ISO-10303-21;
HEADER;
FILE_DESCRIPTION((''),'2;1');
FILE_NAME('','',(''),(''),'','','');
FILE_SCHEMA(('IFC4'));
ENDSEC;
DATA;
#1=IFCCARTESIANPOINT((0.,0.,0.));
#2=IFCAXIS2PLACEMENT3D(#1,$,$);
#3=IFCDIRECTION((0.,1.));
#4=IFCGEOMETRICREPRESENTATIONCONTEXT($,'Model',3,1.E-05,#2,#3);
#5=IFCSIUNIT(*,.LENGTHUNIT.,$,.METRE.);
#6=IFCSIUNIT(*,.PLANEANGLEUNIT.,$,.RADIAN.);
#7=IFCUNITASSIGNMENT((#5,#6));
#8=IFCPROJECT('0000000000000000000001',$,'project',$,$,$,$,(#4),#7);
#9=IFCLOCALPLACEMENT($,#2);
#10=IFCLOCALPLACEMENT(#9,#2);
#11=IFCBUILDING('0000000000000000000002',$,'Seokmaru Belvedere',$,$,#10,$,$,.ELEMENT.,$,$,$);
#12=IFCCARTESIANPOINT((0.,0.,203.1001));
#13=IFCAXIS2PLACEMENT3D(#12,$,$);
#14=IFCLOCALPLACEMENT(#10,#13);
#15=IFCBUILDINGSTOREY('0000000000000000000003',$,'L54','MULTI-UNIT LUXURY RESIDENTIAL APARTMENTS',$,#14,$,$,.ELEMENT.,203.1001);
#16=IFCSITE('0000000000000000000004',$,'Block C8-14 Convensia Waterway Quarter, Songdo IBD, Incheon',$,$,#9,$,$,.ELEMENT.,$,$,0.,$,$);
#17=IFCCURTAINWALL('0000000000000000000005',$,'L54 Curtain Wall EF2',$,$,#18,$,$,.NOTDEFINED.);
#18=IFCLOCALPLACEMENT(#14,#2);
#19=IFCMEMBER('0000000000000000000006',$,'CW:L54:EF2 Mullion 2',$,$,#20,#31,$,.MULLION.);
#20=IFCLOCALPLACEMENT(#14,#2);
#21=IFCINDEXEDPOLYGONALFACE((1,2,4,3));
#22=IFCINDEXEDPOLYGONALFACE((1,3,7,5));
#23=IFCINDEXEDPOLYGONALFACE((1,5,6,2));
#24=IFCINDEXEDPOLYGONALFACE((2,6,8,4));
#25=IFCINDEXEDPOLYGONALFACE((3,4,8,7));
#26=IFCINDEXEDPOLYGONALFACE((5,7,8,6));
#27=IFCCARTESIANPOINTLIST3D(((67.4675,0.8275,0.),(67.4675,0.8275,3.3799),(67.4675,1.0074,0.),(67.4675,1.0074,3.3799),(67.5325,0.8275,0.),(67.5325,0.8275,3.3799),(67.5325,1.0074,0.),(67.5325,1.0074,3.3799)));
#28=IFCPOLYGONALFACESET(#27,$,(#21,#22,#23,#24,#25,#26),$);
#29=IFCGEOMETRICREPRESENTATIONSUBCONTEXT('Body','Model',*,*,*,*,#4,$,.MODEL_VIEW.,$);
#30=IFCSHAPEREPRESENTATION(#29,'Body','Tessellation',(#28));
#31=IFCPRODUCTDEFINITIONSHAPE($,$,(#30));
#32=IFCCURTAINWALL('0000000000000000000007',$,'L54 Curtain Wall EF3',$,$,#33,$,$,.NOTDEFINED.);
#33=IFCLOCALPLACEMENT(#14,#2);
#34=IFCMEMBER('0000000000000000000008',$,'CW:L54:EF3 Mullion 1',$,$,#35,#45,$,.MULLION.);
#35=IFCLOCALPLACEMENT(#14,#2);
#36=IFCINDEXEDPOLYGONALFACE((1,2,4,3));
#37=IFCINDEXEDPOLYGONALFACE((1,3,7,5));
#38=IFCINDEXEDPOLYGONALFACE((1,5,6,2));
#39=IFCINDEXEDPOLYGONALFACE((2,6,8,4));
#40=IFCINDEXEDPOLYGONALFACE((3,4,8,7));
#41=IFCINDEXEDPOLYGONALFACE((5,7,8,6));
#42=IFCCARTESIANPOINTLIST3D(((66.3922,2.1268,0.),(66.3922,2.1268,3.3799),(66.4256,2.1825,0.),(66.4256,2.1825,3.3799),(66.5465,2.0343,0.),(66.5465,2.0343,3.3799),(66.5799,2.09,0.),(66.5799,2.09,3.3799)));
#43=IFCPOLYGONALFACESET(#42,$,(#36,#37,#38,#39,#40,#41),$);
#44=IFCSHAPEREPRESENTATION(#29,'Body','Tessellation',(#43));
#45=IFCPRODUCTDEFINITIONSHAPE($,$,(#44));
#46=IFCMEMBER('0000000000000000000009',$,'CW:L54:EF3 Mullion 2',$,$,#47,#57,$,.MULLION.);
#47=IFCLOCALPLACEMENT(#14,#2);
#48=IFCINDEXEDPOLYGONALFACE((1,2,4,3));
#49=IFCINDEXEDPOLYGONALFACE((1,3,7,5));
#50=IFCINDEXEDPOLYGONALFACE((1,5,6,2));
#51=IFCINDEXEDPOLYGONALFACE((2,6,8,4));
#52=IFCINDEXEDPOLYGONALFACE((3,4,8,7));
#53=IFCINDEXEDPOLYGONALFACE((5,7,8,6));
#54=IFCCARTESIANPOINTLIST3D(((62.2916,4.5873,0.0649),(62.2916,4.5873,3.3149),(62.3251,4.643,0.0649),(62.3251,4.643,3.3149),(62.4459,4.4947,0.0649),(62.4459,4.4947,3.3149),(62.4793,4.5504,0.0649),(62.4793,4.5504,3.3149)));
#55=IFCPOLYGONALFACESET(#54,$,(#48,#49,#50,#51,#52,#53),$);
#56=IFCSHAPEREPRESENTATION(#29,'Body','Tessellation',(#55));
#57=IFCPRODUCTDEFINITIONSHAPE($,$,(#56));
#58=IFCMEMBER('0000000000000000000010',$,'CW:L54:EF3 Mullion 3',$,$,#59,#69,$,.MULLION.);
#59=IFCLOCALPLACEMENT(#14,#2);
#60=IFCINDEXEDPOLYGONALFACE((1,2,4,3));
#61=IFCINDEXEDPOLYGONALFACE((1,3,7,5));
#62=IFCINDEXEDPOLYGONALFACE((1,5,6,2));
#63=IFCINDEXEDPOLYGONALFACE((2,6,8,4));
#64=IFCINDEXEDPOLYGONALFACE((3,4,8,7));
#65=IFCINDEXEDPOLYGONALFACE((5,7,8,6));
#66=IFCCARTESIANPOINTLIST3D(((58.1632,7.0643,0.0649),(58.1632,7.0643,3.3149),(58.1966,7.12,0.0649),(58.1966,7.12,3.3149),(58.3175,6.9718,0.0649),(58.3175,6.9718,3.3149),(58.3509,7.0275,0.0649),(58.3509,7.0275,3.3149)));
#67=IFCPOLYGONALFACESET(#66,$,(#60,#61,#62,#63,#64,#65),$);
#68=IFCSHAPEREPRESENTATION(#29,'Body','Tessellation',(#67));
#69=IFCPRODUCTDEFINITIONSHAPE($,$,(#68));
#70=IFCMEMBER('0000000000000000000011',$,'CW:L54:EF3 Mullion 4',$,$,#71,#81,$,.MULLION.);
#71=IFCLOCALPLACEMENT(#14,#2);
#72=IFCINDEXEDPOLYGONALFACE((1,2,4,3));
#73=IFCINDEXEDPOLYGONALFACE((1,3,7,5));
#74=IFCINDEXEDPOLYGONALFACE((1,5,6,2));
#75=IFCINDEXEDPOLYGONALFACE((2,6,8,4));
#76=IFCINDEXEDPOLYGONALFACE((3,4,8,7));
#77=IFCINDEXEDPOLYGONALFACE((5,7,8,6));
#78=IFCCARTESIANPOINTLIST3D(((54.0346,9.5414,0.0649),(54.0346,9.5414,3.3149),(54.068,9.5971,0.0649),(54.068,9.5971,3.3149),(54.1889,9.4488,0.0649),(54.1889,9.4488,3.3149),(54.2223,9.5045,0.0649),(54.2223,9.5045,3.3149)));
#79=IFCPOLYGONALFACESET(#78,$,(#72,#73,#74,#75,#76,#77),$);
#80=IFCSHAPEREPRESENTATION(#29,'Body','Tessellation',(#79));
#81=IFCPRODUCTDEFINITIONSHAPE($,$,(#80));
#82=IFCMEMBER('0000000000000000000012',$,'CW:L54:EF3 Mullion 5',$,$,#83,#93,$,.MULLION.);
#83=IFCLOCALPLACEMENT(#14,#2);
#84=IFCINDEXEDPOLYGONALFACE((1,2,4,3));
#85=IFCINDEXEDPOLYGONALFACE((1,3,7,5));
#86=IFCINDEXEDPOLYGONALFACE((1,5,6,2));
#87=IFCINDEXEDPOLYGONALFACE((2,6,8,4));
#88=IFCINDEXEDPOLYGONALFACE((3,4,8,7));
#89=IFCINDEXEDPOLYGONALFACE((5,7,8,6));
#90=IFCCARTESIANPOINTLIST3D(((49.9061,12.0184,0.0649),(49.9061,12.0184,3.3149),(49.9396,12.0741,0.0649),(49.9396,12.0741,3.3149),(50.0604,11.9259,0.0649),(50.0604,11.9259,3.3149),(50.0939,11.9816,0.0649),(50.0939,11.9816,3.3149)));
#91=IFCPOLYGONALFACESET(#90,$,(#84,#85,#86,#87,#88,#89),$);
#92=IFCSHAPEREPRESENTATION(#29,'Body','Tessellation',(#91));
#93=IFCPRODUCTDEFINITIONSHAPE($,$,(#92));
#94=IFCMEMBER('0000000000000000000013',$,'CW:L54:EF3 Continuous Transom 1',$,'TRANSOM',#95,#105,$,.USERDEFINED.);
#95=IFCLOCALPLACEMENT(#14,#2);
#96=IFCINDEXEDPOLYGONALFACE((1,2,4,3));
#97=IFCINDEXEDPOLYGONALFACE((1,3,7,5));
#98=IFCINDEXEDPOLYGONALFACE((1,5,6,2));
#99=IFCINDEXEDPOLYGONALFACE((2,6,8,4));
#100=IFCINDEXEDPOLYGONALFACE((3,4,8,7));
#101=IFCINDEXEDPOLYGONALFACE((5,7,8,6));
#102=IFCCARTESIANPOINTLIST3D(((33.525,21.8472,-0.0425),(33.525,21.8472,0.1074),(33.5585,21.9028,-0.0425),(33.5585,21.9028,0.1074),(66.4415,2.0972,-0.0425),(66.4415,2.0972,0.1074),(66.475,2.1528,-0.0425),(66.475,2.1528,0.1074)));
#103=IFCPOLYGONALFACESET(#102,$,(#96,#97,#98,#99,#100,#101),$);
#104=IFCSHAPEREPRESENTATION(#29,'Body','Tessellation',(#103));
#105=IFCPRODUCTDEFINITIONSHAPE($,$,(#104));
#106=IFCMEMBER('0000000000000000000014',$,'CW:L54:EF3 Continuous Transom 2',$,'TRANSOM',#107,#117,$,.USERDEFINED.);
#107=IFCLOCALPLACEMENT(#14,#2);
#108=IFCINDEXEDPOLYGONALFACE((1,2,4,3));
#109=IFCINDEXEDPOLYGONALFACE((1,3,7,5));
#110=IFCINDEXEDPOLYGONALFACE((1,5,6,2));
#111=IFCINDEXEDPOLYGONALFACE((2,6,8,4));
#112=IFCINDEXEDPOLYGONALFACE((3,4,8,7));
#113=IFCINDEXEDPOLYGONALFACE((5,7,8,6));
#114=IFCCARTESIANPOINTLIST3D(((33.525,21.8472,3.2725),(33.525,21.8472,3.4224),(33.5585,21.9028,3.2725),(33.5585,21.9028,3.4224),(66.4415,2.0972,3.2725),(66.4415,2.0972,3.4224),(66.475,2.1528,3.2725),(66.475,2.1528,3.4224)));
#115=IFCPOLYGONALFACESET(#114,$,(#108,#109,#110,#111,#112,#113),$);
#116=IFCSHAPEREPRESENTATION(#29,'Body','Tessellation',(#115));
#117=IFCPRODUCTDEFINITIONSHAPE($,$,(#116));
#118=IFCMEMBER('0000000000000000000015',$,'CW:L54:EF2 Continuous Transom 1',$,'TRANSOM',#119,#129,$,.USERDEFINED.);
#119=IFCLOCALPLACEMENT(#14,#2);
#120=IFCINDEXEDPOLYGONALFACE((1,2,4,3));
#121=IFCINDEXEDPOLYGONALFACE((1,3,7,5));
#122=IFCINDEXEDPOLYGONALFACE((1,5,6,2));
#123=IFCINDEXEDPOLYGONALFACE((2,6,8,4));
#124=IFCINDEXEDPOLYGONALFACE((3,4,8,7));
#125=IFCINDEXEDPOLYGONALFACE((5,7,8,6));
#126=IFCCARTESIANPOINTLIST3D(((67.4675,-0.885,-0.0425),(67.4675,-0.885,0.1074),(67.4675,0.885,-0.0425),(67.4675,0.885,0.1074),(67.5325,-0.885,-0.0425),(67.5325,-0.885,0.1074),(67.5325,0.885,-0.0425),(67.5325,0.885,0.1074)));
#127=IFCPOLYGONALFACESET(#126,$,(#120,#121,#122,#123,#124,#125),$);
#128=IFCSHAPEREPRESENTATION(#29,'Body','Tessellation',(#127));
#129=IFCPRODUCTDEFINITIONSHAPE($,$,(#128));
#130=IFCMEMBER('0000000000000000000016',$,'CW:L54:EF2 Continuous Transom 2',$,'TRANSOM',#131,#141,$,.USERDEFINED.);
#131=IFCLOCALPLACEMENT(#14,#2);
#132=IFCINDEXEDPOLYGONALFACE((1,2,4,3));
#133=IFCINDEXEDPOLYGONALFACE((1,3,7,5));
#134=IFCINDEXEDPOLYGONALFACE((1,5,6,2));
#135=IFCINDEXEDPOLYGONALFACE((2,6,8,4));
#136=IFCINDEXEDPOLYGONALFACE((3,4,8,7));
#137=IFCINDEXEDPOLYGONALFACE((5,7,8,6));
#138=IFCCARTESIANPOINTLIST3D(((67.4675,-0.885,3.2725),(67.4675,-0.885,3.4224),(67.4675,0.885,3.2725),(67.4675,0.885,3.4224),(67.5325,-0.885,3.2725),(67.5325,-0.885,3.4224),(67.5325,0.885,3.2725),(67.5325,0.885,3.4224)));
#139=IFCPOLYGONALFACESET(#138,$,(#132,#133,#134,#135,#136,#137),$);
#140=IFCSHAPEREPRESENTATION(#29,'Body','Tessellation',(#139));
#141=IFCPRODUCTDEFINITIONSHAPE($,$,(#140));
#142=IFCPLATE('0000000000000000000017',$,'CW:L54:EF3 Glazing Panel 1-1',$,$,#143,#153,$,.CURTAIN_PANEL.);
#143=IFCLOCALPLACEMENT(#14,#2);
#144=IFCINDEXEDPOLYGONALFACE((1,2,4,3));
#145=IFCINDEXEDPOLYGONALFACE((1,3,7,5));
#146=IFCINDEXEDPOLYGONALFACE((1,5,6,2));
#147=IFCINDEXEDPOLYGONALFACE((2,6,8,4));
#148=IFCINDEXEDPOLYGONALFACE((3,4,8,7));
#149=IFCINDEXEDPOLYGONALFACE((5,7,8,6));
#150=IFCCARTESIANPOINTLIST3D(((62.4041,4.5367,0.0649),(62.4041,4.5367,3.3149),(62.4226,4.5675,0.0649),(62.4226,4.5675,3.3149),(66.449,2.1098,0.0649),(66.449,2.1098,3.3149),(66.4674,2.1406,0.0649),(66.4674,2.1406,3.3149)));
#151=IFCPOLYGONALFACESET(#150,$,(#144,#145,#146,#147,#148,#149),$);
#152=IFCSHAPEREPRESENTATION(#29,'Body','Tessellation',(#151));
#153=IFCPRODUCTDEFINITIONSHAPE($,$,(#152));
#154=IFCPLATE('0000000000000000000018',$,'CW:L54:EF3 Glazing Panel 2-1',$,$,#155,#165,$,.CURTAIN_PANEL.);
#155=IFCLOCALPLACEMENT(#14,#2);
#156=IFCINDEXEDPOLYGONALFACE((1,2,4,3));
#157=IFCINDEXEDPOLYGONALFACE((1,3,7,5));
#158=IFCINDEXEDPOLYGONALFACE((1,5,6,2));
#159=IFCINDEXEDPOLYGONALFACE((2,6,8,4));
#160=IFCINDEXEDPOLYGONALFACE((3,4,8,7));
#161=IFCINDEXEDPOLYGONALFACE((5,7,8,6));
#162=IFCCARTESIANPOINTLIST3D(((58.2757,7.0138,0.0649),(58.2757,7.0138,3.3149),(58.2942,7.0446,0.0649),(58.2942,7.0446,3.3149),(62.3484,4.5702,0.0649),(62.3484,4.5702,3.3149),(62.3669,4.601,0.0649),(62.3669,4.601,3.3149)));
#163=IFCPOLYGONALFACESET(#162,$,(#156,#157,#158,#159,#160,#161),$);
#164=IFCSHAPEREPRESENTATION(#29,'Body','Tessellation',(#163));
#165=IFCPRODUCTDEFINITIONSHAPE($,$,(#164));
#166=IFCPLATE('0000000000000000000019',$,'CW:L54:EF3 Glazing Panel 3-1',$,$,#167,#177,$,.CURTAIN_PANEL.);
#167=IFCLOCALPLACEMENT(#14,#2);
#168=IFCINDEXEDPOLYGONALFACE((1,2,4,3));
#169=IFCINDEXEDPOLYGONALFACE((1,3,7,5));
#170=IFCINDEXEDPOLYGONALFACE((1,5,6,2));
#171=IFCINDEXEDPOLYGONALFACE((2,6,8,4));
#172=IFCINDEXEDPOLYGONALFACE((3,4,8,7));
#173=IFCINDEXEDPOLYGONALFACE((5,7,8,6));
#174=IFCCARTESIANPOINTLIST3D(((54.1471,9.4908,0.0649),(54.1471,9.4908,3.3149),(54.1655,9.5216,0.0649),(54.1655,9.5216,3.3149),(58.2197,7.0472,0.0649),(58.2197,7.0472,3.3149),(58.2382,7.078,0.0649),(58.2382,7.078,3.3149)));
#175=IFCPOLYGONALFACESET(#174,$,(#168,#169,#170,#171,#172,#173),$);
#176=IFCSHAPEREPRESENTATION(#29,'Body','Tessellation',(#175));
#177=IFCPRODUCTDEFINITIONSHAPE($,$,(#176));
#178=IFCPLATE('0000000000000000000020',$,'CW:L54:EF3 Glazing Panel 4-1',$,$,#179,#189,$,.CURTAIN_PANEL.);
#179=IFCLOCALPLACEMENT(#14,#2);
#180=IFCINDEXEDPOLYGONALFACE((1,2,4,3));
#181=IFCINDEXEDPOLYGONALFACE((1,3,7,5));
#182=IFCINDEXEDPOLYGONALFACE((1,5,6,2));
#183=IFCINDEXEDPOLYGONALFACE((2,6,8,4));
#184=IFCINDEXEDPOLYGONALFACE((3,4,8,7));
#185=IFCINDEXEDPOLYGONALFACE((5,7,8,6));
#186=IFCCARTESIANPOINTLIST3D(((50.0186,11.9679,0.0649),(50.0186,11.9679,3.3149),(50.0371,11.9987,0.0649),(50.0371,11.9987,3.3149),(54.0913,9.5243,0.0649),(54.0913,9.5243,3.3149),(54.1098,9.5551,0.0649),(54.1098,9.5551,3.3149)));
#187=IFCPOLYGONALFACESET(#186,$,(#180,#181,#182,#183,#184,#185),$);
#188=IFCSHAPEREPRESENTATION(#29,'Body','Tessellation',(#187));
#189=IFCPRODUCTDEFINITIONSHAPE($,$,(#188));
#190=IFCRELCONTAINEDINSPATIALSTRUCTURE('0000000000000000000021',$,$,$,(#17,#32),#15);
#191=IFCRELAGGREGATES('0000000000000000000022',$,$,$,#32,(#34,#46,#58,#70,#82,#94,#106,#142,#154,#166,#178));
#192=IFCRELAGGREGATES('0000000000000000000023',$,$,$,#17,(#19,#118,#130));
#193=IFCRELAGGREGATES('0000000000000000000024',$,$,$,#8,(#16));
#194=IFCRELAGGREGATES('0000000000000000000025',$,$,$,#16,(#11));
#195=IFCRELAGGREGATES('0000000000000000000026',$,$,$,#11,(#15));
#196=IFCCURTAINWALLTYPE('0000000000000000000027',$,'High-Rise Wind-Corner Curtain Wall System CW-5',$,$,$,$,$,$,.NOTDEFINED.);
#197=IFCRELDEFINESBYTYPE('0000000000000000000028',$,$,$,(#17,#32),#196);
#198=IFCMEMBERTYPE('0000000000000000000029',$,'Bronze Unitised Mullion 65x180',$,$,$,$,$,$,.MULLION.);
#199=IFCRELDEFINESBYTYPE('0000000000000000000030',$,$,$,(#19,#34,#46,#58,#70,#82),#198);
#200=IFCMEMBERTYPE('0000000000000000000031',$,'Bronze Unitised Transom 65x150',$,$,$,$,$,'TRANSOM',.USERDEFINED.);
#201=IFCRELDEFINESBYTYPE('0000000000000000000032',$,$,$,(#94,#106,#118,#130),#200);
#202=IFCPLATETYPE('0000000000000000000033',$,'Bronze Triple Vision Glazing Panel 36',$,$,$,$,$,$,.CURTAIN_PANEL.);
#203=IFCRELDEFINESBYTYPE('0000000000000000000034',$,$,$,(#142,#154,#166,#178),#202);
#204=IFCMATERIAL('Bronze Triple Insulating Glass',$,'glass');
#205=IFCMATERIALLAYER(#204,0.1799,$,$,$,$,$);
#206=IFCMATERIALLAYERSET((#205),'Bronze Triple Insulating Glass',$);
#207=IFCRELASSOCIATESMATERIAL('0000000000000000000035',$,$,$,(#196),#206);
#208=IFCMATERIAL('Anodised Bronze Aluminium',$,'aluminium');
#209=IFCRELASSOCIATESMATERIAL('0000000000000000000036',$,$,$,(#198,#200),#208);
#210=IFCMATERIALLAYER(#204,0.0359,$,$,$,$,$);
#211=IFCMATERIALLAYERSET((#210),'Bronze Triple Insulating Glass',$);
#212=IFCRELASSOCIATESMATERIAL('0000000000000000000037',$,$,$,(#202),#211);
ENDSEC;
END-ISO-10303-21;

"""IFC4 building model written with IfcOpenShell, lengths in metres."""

from ifc_helpers import new_model, si_unit, direction, frame, origin, origin_2d, place, context, subcontext, project, spatial, rectangle, extrude, source, transform, mapped, material, layer, layer_set, material_profile, profile_set, type_object, type_shapes, element, aggregate, save


model = new_model("IFC4")

# Units and contexts
model_context = context("Model", 3, precision=1e-05, world=origin(), true_north=direction((0.0, 1.0)))
body_context = subcontext(model_context, "Body", "Model", "MODEL_VIEW")
ifc_project = project(units=[si_unit("LENGTHUNIT", "METRE"), si_unit("PLANEANGLEUNIT", "RADIAN")], contexts=[model_context])

# Site, building, storey
site_placement = place(None, origin())
site = spatial("IfcSite", under=ifc_project, at=site_placement, Name="Block C8-14 Convensia Waterway Quarter, Songdo IBD, Incheon", CompositionType="ELEMENT", RefElevation=0.0)
building_placement = place(site_placement, origin())
building = spatial("IfcBuilding", under=site, at=building_placement, Name="Seokmaru Belvedere", CompositionType="ELEMENT")
storey_placement = place(building_placement, frame((0.0, 0.0, 203.1001)))
storey = spatial("IfcBuildingStorey", under=building, at=storey_placement, Name="L54", Description="MULTI-UNIT LUXURY RESIDENTIAL APARTMENTS", CompositionType="ELEMENT", Elevation=203.1001)

# Curtain walls, members
ifc_material_1 = material(Name="Bronze Triple Insulating Glass", Category="glass")
ifc_layer_1 = layer(ifc_material_1, 0.1799)
ifc_layer_set_1 = layer_set([ifc_layer_1], Name="Bronze Triple Insulating Glass")
curtain_wall_type = type_object("IfcCurtainWallType", Name="High-Rise Wind-Corner Curtain Wall System CW-5", PredefinedType="NOTDEFINED", material=ifc_layer_set_1)
curtain_wall_1_placement = place(storey_placement, origin())
curtain_wall_1 = element("IfcCurtainWall", 1, at=curtain_wall_1_placement, inside=storey, type_object=curtain_wall_type, Name="L54 Curtain Wall EF2", PredefinedType="NOTDEFINED")
ifc_material_2 = material(Name="Anodised Bronze Aluminium", Category="aluminium")
ifc_material_profile_1 = material_profile(ifc_material_2, rectangle(XDim=0.0649, YDim=0.1799, at=origin_2d()), Name="CW-M-65x180")
ifc_profile_set_1 = profile_set([ifc_material_profile_1], Name="Anodised Bronze Aluminium")
member_type_1 = type_object("IfcMemberType", Name="Bronze Unitised Mullion 65x180", PredefinedType="MULLION", material=ifc_profile_set_1)
shared_shape_1 = source(origin(), body_context, "Body", "SweptSolid", [
    extrude(rectangle(XDim=0.0649, YDim=0.1799, at=origin_2d()), origin(), (0.0, 0.0, 1.0), 3.3799),
])
member_1_placement = place(storey_placement, frame((67.5, 0.9175, 0.0), z_axis=(0.0, 0.0, 1.0), x_axis=(-1.0, 0.0, 0.0)))
member_1 = element("IfcMember", 2, at=member_1_placement, type_object=member_type_1, Name="CW:L54:EF2 Mullion 2", PredefinedType="MULLION", context=body_context, shape_type="MappedRepresentation", body=[
    mapped(shared_shape_1, transform((0.0, 0.0, 0.0), scale=1.0)),
])
curtain_wall_2_placement = place(storey_placement, origin())
curtain_wall_2 = element("IfcCurtainWall", 3, at=curtain_wall_2_placement, inside=storey, type_object=curtain_wall_type, Name="L54 Curtain Wall EF3", PredefinedType="NOTDEFINED")
member_2_placement = place(storey_placement, frame((66.4861, 2.1084, 0.0), z_axis=(0.0, 0.0, 1.0), x_axis=(-0.514495, -0.857493, 0.0)))
member_2 = element("IfcMember", 4, at=member_2_placement, type_object=member_type_1, Name="CW:L54:EF3 Mullion 1", PredefinedType="MULLION", context=body_context, shape_type="MappedRepresentation", body=[
    mapped(shared_shape_1, transform((0.0, 0.0, 0.0), scale=1.0)),
])
shared_shape_2 = source(origin(), body_context, "Body", "SweptSolid", [
    extrude(rectangle(XDim=0.0649, YDim=0.1799, at=origin_2d()), origin(), (0.0, 0.0, 1.0), 3.25),
])
type_shapes(member_type_1, [shared_shape_1, shared_shape_2])
member_3_placement = place(storey_placement, frame((62.3855, 4.5688, 0.0649), z_axis=(0.0, 0.0, 1.0), x_axis=(-0.514495, -0.857493, 0.0)))
member_3 = element("IfcMember", 5, at=member_3_placement, type_object=member_type_1, Name="CW:L54:EF3 Mullion 2", PredefinedType="MULLION", context=body_context, shape_type="MappedRepresentation", body=[
    mapped(shared_shape_2, transform((0.0, 0.0, 0.0), scale=1.0)),
])
member_4_placement = place(storey_placement, frame((58.2571, 7.0459, 0.0649), z_axis=(0.0, 0.0, 1.0), x_axis=(-0.514495, -0.857493, 0.0)))
member_4 = element("IfcMember", 6, at=member_4_placement, type_object=member_type_1, Name="CW:L54:EF3 Mullion 3", PredefinedType="MULLION", context=body_context, shape_type="MappedRepresentation", body=[
    mapped(shared_shape_2, transform((0.0, 0.0, 0.0), scale=1.0)),
])
member_5_placement = place(storey_placement, frame((54.1284, 9.5229, 0.0649), z_axis=(0.0, 0.0, 1.0), x_axis=(-0.514495, -0.857493, 0.0)))
member_5 = element("IfcMember", 7, at=member_5_placement, type_object=member_type_1, Name="CW:L54:EF3 Mullion 4", PredefinedType="MULLION", context=body_context, shape_type="MappedRepresentation", body=[
    mapped(shared_shape_2, transform((0.0, 0.0, 0.0), scale=1.0)),
])
member_6_placement = place(storey_placement, frame((50.0, 12.0, 0.0649), z_axis=(0.0, 0.0, 1.0), x_axis=(-0.514495, -0.857493, 0.0)))
member_6 = element("IfcMember", 8, at=member_6_placement, type_object=member_type_1, Name="CW:L54:EF3 Mullion 5", PredefinedType="MULLION", context=body_context, shape_type="MappedRepresentation", body=[
    mapped(shared_shape_2, transform((0.0, 0.0, 0.0), scale=1.0)),
])
ifc_material_profile_2 = material_profile(ifc_material_2, rectangle(XDim=0.0649, YDim=0.1499, at=origin_2d()), Name="CW-T-65x150")
ifc_profile_set_2 = profile_set([ifc_material_profile_2], Name="Anodised Bronze Aluminium")
member_type_2 = type_object("IfcMemberType", Name="Bronze Unitised Transom 65x150", ElementType="TRANSOM", PredefinedType="USERDEFINED", material=ifc_profile_set_2)
shared_shape_3 = source(origin(), body_context, "Body", "SweptSolid", [
    extrude(rectangle(XDim=0.0649, YDim=0.1499, at=origin_2d()), origin(), (0.0, 0.0, 1.0), 38.387),
])
member_7_placement = place(storey_placement, frame((66.4583, 2.125, 0.0325), z_axis=(-0.857492, 0.514498, 0.0), x_axis=(-0.514498, -0.857492, 0.0)))
member_7 = element("IfcMember", 9, at=member_7_placement, type_object=member_type_2, Name="CW:L54:EF3 Continuous Transom 1", ObjectType="TRANSOM", PredefinedType="USERDEFINED", context=body_context, shape_type="MappedRepresentation", body=[
    mapped(shared_shape_3, transform((0.0, 0.0, 0.0), scale=1.0)),
])
member_8_placement = place(storey_placement, frame((66.4583, 2.125, 3.3474), z_axis=(-0.857492, 0.514498, 0.0), x_axis=(-0.514498, -0.857492, 0.0)))
member_8 = element("IfcMember", 10, at=member_8_placement, type_object=member_type_2, Name="CW:L54:EF3 Continuous Transom 2", ObjectType="TRANSOM", PredefinedType="USERDEFINED", context=body_context, shape_type="MappedRepresentation", body=[
    mapped(shared_shape_3, transform((0.0, 0.0, 0.0), scale=1.0)),
])

# Members
shared_shape_4 = source(origin(), body_context, "Body", "SweptSolid", [
    extrude(rectangle(XDim=0.0649, YDim=0.1499, at=origin_2d()), origin(), (0.0, 0.0, 1.0), 1.77),
])
type_shapes(member_type_2, [shared_shape_3, shared_shape_4])
member_9_placement = place(storey_placement, frame((67.5, -0.885, 0.0325), z_axis=(0.0, 1.0, 0.0), x_axis=(-1.0, 0.0, 0.0)))
member_9 = element("IfcMember", 11, at=member_9_placement, type_object=member_type_2, Name="CW:L54:EF2 Continuous Transom 1", ObjectType="TRANSOM", PredefinedType="USERDEFINED", context=body_context, shape_type="MappedRepresentation", body=[
    mapped(shared_shape_4, transform((0.0, 0.0, 0.0), scale=1.0)),
])
member_10_placement = place(storey_placement, frame((67.5, -0.885, 3.3474), z_axis=(0.0, 1.0, 0.0), x_axis=(-1.0, 0.0, 0.0)))
member_10 = element("IfcMember", 12, at=member_10_placement, type_object=member_type_2, Name="CW:L54:EF2 Continuous Transom 2", ObjectType="TRANSOM", PredefinedType="USERDEFINED", context=body_context, shape_type="MappedRepresentation", body=[
    mapped(shared_shape_4, transform((0.0, 0.0, 0.0), scale=1.0)),
])

# Plates
ifc_layer_2 = layer(ifc_material_1, 0.0359)
ifc_layer_set_2 = layer_set([ifc_layer_2], Name="Bronze Triple Insulating Glass")
plate_type = type_object("IfcPlateType", Name="Bronze Triple Vision Glazing Panel 36", PredefinedType="CURTAIN_PANEL", material=ifc_layer_set_2)
shared_shape_5 = source(origin(), body_context, "Body", "SweptSolid", [
    extrude(rectangle(XDim=4.717, YDim=0.0359, at=origin_2d()), origin(), (0.0, 0.0, 1.0), 3.25),
])
plate_1_placement = place(storey_placement, frame((64.4358, 3.3386, 0.0649), z_axis=(0.0, 0.0, 1.0), x_axis=(-0.857493, 0.514495, 0.0)))
plate_1 = element("IfcPlate", 13, at=plate_1_placement, type_object=plate_type, Name="CW:L54:EF3 Glazing Panel 1-1", PredefinedType="CURTAIN_PANEL", context=body_context, shape_type="MappedRepresentation", body=[
    mapped(shared_shape_5, transform((0.0, 0.0, 0.0), scale=1.0)),
])
shared_shape_6 = source(origin(), body_context, "Body", "SweptSolid", [
    extrude(rectangle(XDim=4.7495, YDim=0.0359, at=origin_2d()), origin(), (0.0, 0.0, 1.0), 3.25),
])
plate_2_placement = place(storey_placement, frame((60.3213, 5.8074, 0.0649), z_axis=(0.0, 0.0, 1.0), x_axis=(-0.857493, 0.514495, 0.0)))
plate_2 = element("IfcPlate", 14, at=plate_2_placement, type_object=plate_type, Name="CW:L54:EF3 Glazing Panel 2-1", PredefinedType="CURTAIN_PANEL", context=body_context, shape_type="MappedRepresentation", body=[
    mapped(shared_shape_6, transform((0.0, 0.0, 0.0), scale=1.0)),
])
plate_3_placement = place(storey_placement, frame((56.1926, 8.2844, 0.0649), z_axis=(0.0, 0.0, 1.0), x_axis=(-0.857493, 0.514495, 0.0)))
plate_3 = element("IfcPlate", 15, at=plate_3_placement, type_object=plate_type, Name="CW:L54:EF3 Glazing Panel 3-1", PredefinedType="CURTAIN_PANEL", context=body_context, shape_type="MappedRepresentation", body=[
    mapped(shared_shape_6, transform((0.0, 0.0, 0.0), scale=1.0)),
])
plate_4_placement = place(storey_placement, frame((52.0642, 10.7615, 0.0649), z_axis=(0.0, 0.0, 1.0), x_axis=(-0.857493, 0.514495, 0.0)))
plate_4 = element("IfcPlate", 16, at=plate_4_placement, type_object=plate_type, Name="CW:L54:EF3 Glazing Panel 4-1", PredefinedType="CURTAIN_PANEL", context=body_context, shape_type="MappedRepresentation", body=[
    mapped(shared_shape_6, transform((0.0, 0.0, 0.0), scale=1.0)),
])
aggregate(curtain_wall_2, [member_2, member_3, member_4, member_5, member_6, member_7, member_8, plate_1, plate_2, plate_3, plate_4])
aggregate(curtain_wall_1, [member_1, member_9, member_10])

save(model, "model.ifc")
